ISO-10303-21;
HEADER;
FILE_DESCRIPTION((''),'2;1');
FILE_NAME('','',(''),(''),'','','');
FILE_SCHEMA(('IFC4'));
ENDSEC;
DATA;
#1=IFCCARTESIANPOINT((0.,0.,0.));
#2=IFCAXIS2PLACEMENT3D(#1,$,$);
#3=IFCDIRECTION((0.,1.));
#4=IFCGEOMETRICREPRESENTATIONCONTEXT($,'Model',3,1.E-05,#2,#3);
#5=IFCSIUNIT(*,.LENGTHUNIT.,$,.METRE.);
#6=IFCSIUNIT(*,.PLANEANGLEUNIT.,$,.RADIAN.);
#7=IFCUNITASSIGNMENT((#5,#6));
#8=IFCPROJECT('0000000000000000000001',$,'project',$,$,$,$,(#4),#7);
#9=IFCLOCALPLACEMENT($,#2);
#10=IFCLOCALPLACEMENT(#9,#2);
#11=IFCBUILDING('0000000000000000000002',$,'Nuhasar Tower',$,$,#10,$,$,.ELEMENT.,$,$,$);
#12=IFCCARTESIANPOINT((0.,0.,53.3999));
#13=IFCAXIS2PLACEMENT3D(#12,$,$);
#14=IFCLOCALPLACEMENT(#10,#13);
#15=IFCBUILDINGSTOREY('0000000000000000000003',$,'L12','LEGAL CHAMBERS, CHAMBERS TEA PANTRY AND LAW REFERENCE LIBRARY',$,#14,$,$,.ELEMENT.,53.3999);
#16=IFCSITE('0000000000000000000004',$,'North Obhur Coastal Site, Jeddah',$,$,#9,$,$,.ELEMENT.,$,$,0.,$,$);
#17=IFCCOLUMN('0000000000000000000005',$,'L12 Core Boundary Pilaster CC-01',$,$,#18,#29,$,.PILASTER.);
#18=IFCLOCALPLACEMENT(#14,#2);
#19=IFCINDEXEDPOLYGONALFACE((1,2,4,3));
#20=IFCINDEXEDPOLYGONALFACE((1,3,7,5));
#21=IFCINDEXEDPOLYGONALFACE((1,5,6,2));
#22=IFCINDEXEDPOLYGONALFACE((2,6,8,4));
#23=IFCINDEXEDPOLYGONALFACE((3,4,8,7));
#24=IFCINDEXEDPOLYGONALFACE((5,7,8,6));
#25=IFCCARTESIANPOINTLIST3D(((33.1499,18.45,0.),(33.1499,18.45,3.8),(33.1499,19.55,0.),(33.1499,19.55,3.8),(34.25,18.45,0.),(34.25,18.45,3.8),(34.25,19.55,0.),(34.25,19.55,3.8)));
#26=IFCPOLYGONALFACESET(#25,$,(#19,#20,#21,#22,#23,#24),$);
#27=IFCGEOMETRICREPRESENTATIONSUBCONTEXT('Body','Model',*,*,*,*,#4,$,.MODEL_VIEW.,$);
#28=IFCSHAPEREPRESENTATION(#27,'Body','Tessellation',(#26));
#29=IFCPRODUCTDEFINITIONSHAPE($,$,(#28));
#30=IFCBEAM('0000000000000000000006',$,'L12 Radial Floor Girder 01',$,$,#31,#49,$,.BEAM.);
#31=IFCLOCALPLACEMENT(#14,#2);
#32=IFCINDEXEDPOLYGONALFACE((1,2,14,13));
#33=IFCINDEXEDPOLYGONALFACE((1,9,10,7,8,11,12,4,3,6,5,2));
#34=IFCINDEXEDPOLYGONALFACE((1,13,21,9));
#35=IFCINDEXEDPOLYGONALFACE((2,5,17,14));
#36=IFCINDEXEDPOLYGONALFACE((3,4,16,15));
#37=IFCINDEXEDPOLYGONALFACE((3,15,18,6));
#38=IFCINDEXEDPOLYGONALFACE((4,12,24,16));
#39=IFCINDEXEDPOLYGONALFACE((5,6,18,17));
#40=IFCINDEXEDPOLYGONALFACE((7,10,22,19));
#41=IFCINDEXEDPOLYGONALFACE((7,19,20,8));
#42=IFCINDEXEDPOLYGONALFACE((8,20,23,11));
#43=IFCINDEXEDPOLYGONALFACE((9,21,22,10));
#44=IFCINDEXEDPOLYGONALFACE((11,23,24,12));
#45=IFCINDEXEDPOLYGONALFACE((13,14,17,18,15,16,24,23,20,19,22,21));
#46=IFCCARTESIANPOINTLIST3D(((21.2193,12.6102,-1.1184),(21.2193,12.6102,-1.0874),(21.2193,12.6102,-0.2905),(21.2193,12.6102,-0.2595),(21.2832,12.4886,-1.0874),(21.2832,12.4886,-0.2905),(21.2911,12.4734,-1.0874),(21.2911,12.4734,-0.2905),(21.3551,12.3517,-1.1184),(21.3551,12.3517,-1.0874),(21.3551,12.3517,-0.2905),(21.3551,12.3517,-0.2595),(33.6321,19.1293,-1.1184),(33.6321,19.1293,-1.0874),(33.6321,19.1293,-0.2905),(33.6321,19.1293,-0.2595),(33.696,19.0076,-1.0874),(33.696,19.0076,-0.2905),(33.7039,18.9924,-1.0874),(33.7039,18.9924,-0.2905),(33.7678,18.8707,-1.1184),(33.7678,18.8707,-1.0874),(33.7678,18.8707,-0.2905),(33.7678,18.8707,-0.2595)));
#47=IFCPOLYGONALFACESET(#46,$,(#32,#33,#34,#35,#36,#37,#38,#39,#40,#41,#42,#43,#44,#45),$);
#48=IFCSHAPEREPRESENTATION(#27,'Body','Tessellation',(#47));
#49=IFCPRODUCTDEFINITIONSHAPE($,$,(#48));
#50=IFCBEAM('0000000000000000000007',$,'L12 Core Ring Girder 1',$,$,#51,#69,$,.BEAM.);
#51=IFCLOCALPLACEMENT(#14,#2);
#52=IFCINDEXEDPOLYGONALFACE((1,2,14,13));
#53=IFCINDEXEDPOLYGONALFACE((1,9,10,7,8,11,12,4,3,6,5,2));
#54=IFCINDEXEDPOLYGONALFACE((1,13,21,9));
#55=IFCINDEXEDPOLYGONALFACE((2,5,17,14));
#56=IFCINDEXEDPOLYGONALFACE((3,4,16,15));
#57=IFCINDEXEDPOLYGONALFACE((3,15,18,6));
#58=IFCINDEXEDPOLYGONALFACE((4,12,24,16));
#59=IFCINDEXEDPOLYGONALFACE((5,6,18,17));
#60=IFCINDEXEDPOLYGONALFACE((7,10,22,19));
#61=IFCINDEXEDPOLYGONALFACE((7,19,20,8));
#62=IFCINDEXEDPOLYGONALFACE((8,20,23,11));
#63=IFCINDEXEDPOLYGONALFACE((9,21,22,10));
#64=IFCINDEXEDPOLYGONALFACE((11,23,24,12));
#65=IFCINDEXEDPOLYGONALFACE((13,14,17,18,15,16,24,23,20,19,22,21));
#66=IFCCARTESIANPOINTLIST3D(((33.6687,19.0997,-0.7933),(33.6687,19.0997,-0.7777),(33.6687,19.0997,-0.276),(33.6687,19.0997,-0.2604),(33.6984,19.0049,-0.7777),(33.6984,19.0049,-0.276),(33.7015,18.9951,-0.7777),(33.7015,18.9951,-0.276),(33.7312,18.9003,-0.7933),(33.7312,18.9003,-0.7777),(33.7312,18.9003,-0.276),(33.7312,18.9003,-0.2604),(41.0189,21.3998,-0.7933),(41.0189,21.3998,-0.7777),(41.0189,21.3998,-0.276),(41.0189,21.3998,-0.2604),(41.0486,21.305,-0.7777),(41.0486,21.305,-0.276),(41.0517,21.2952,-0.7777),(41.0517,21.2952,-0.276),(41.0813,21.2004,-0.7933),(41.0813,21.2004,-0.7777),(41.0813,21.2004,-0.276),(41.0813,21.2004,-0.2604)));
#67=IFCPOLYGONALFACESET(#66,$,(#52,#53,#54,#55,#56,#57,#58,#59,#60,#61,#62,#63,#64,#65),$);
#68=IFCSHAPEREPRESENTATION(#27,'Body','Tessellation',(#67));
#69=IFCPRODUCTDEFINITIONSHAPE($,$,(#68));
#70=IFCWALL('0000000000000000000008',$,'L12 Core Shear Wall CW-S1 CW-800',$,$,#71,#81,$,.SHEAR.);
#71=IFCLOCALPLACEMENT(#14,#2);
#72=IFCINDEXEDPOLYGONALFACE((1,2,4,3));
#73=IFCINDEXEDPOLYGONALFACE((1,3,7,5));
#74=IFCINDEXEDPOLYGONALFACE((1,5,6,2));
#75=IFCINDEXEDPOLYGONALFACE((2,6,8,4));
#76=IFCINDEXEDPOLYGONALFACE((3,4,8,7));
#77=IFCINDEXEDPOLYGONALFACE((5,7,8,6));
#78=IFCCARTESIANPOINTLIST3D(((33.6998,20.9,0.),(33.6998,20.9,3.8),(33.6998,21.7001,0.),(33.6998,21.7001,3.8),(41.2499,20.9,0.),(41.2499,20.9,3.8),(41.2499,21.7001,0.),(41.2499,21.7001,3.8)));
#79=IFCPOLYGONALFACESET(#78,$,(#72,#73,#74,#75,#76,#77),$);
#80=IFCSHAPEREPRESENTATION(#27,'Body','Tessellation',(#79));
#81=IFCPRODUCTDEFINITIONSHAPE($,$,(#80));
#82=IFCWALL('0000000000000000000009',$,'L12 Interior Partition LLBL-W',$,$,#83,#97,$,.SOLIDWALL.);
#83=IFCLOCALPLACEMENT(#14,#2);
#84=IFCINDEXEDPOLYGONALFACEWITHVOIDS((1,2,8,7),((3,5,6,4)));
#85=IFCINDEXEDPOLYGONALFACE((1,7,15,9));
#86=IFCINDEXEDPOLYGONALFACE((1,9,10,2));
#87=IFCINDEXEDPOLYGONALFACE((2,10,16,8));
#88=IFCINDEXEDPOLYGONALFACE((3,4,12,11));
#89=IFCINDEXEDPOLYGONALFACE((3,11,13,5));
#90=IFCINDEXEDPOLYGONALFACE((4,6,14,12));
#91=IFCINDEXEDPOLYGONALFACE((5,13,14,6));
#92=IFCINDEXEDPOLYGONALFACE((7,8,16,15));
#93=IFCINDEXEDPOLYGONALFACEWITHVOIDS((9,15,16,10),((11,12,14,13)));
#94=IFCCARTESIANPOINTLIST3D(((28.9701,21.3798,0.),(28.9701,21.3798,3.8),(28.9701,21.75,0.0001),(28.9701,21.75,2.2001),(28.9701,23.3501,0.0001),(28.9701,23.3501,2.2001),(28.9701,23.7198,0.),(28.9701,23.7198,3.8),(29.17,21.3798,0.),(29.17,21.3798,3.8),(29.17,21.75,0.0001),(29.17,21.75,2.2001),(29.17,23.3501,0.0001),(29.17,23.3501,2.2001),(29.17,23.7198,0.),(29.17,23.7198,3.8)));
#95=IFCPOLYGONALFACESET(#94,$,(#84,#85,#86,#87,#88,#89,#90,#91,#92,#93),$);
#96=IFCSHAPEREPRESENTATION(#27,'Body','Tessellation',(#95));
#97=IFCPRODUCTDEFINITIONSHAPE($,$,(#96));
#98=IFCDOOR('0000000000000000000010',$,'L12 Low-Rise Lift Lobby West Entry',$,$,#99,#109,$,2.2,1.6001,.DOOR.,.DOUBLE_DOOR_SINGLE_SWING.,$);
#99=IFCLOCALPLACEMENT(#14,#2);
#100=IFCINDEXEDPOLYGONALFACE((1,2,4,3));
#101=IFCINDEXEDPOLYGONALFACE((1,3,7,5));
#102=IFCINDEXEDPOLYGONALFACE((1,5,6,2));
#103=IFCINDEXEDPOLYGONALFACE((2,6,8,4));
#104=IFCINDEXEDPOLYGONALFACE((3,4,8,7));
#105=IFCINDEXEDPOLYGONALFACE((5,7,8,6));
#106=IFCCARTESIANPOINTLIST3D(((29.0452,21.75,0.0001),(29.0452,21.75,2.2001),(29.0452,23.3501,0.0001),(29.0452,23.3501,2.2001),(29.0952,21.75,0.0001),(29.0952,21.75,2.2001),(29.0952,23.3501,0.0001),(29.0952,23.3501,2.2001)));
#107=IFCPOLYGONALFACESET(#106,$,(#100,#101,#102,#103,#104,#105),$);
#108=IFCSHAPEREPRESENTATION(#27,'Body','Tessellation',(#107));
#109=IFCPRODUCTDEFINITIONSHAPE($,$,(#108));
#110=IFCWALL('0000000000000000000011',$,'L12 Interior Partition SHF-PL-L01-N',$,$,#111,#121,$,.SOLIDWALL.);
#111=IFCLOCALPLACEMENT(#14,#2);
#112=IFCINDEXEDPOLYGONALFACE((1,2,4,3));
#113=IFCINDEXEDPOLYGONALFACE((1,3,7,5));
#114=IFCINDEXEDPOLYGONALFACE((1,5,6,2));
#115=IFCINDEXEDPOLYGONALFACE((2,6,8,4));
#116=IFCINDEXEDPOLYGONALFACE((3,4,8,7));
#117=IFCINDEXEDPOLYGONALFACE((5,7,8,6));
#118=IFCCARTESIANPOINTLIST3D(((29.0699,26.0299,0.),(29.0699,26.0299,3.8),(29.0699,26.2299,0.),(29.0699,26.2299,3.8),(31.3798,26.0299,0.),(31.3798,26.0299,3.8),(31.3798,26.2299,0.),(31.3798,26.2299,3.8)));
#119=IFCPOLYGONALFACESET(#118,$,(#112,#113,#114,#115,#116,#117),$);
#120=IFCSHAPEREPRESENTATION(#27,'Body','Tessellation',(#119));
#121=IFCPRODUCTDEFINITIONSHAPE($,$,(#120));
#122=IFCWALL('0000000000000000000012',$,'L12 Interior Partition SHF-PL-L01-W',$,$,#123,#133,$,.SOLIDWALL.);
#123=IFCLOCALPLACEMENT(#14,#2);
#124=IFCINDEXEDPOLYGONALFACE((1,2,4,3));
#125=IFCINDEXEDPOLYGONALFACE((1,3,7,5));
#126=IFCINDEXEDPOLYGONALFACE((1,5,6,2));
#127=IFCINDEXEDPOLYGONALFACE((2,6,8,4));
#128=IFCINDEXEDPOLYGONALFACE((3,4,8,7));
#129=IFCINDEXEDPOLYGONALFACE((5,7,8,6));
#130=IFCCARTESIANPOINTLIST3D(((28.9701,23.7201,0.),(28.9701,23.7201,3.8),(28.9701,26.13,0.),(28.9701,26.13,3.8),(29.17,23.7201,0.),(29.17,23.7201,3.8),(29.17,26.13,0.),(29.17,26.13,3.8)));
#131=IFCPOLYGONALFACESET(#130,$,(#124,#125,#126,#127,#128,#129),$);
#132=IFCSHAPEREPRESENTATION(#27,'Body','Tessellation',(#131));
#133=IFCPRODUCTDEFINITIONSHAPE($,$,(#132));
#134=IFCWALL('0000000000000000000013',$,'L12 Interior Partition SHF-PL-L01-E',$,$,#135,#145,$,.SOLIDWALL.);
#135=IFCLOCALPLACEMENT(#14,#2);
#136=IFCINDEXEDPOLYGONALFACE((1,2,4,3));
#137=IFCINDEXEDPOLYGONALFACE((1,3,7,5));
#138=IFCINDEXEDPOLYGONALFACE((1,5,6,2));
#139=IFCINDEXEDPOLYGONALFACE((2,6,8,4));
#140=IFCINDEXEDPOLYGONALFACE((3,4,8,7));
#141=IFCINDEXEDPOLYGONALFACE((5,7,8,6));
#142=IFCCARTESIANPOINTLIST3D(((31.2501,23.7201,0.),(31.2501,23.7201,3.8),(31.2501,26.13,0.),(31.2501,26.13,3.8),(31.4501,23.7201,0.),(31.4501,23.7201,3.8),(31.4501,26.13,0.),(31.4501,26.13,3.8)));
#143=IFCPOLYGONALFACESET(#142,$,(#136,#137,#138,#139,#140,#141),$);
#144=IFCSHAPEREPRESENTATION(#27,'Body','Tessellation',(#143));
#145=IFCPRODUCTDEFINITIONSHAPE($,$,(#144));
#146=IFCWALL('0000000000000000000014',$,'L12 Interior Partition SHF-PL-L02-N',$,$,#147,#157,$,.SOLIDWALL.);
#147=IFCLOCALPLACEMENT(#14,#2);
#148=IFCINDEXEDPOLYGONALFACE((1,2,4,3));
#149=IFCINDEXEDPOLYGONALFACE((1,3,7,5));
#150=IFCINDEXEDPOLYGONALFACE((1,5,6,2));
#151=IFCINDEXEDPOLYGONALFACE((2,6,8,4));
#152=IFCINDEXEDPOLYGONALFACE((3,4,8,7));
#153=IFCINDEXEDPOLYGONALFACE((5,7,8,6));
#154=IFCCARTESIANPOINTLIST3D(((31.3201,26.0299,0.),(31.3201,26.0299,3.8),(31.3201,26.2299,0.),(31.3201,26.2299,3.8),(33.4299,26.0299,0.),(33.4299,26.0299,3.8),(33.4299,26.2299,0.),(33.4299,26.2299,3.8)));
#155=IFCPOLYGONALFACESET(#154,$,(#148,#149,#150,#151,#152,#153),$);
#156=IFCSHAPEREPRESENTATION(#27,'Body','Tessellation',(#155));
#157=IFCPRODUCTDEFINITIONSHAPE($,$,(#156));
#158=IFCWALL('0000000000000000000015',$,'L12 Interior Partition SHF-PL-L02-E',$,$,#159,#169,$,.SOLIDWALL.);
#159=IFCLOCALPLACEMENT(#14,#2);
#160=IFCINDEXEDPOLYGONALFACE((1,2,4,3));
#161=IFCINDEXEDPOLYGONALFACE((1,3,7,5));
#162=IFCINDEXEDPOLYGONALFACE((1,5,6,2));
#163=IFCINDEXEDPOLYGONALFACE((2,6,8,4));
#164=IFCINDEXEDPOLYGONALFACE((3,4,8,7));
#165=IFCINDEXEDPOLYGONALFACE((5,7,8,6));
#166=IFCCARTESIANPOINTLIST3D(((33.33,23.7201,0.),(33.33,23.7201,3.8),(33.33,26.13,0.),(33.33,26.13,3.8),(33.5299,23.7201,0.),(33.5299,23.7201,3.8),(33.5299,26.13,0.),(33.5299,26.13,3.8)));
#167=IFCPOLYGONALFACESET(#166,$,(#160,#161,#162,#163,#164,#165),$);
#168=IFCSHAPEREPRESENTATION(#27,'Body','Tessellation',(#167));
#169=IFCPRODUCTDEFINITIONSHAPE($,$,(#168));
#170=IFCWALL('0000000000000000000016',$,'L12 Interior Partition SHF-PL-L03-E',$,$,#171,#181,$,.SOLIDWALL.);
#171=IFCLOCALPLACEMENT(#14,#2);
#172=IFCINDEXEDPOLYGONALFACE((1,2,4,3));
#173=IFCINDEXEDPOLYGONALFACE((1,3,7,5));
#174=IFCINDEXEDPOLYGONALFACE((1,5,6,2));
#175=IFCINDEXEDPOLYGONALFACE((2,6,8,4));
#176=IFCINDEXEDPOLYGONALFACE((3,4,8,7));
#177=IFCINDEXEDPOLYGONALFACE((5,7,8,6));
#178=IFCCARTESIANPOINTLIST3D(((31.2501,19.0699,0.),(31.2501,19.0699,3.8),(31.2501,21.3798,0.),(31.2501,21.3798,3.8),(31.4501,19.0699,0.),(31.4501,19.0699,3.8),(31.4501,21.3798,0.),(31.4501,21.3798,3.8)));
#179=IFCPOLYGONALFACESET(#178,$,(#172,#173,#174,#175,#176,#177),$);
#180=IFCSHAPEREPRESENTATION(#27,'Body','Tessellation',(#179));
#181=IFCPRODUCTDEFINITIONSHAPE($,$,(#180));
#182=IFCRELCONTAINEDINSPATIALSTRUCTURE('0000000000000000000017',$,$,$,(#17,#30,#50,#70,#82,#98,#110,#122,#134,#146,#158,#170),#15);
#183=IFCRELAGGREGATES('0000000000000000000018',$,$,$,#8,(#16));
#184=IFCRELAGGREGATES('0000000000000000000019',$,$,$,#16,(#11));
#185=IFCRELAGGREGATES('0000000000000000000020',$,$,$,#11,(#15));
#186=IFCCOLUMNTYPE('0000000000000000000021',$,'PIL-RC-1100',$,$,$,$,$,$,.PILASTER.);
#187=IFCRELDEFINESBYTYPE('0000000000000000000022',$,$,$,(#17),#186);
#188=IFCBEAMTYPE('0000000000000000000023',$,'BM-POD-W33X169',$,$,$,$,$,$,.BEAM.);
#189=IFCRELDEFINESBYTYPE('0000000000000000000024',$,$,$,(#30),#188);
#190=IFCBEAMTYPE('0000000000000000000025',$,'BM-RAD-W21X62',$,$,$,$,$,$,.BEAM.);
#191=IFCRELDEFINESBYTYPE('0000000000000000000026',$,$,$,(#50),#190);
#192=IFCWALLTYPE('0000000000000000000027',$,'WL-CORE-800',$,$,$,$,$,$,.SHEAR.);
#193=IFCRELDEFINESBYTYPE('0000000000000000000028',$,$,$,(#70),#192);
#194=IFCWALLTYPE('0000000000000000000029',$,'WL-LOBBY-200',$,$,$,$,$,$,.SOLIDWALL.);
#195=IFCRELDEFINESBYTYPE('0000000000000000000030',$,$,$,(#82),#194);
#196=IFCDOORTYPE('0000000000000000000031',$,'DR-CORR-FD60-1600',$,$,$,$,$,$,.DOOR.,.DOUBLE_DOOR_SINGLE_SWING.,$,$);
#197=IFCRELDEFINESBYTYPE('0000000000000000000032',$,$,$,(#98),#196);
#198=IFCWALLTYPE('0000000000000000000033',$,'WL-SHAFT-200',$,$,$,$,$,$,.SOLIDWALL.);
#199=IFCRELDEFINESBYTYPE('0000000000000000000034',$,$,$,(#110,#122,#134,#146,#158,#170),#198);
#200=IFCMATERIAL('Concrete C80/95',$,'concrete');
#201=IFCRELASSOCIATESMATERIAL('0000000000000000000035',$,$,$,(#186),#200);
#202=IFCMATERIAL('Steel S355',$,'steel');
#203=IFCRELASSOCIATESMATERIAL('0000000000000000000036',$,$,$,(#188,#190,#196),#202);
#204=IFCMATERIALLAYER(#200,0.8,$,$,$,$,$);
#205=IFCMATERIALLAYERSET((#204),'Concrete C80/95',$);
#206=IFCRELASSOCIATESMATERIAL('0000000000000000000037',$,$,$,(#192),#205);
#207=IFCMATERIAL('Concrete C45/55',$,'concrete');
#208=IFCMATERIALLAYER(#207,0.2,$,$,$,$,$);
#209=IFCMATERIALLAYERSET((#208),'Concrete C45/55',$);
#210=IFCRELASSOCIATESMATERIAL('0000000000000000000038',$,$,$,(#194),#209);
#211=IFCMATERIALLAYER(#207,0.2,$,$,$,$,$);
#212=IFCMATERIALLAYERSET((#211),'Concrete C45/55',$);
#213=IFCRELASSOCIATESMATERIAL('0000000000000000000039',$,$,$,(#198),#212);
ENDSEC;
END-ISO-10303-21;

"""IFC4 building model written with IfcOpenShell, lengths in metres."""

from ifc_helpers import new_model, si_unit, direction, frame, frame_2d, origin, origin_2d, place, context, subcontext, project, spatial, rectangle, i_section, extrude, material, layer, layer_set, material_profile, profile_set, type_object, element, fill, save


model = new_model("IFC4")

# Units and contexts
model_context = context("Model", 3, precision=1e-05, world=origin(), true_north=direction((0.0, 1.0)))
body_context = subcontext(model_context, "Body", "Model", "MODEL_VIEW")
ifc_project = project(units=[si_unit("LENGTHUNIT", "METRE"), si_unit("PLANEANGLEUNIT", "RADIAN")], contexts=[model_context])

# Site, building, storey
site_placement = place(None, origin())
site = spatial("IfcSite", under=ifc_project, at=site_placement, Name="North Obhur Coastal Site, Jeddah", CompositionType="ELEMENT", RefElevation=0.0)
building_placement = place(site_placement, origin())
building = spatial("IfcBuilding", under=site, at=building_placement, Name="Nuhasar Tower", CompositionType="ELEMENT")
storey_placement = place(building_placement, frame((0.0, 0.0, 53.3999)))
storey = spatial("IfcBuildingStorey", under=building, at=storey_placement, Name="L12", Description="LEGAL CHAMBERS, CHAMBERS TEA PANTRY AND LAW REFERENCE LIBRARY", CompositionType="ELEMENT", Elevation=53.3999)

# Column
ifc_material_1 = material(Name="Concrete C80/95", Category="concrete")
ifc_material_profile_1 = material_profile(ifc_material_1, rectangle(XDim=1.1001, YDim=1.1001, at=origin_2d()), Name="RC1100X1100")
ifc_profile_set_1 = profile_set([ifc_material_profile_1], Name="Concrete C80/95")
column_type = type_object("IfcColumnType", Name="PIL-RC-1100", PredefinedType="PILASTER", material=ifc_profile_set_1)
column_placement = place(storey_placement, frame((33.7, 19.0, 0.0), z_axis=(0.0, 0.0, 1.0), x_axis=(1.0, 0.0, 0.0)))
element("IfcColumn", 1, at=column_placement, inside=storey, type_object=column_type, Name="L12 Core Boundary Pilaster CC-01", PredefinedType="PILASTER", context=body_context, shape_type="SweptSolid", body=[
    extrude(rectangle(XDim=1.1001, YDim=1.1001, at=origin_2d()), origin(), (0.0, 0.0, 1.0), 3.8),
])

# Beams
ifc_material_2 = material(Name="Steel S355", Category="steel")
ifc_material_profile_2 = material_profile(ifc_material_2, i_section(OverallWidth=0.292, OverallDepth=0.8589, WebThickness=0.0171, FlangeThickness=0.031, at=origin_2d()), Name="W33X169")
ifc_profile_set_2 = profile_set([ifc_material_profile_2], Name="Steel S355")
beam_type_1 = type_object("IfcBeamType", Name="BM-POD-W33X169", PredefinedType="BEAM", material=ifc_profile_set_2)
beam_1_placement = place(storey_placement, frame((33.7, 19.0, -0.689), z_axis=(-0.88533, -0.464963, 0.0), x_axis=(0.464963, -0.88533, 0.0)))
element("IfcBeam", 2, at=beam_1_placement, inside=storey, type_object=beam_type_1, Name="L12 Radial Floor Girder 01", PredefinedType="BEAM", context=body_context, shape_type="SweptSolid", body=[
    extrude(i_section(OverallWidth=0.292, OverallDepth=0.8589, WebThickness=0.0171, FlangeThickness=0.031, at=origin_2d()), origin(), (0.0, 0.0, 1.0), 14.0205),
])
ifc_material_profile_3 = material_profile(ifc_material_2, i_section(OverallWidth=0.209, OverallDepth=0.533, WebThickness=0.0103, FlangeThickness=0.0156, at=origin_2d()), Name="W21X62")
ifc_profile_set_3 = profile_set([ifc_material_profile_3], Name="Steel S355")
beam_type_2 = type_object("IfcBeamType", Name="BM-RAD-W21X62", PredefinedType="BEAM", material=ifc_profile_set_3)
beam_2_placement = place(storey_placement, frame((33.7, 19.0, -0.5269), z_axis=(0.954364, 0.298647, 0.0), x_axis=(-0.298647, 0.954364, 0.0)))
element("IfcBeam", 3, at=beam_2_placement, inside=storey, type_object=beam_type_2, Name="L12 Core Ring Girder 1", PredefinedType="BEAM", context=body_context, shape_type="SweptSolid", body=[
    extrude(i_section(OverallWidth=0.209, OverallDepth=0.533, WebThickness=0.0103, FlangeThickness=0.0156, at=origin_2d()), origin(), (0.0, 0.0, 1.0), 7.7017),
])

# Wall
ifc_layer_1 = layer(ifc_material_1, 0.8)
ifc_layer_set_1 = layer_set([ifc_layer_1], Name="Concrete C80/95")
wall_type_1 = type_object("IfcWallType", Name="WL-CORE-800", PredefinedType="SHEAR", material=ifc_layer_set_1)
wall_1_placement = place(storey_placement, frame((33.7, 21.3, 0.0), z_axis=(0.0, 0.0, 1.0), x_axis=(1.0, 0.0, 0.0)))
element("IfcWall", 4, at=wall_1_placement, inside=storey, type_object=wall_type_1, Name="L12 Core Shear Wall CW-S1 CW-800", PredefinedType="SHEAR", context=body_context, shape_type="SweptSolid", body=[
    extrude(rectangle(XDim=7.55, YDim=0.8, at=frame_2d((3.7749, 0.0))), origin(), (0.0, 0.0, 1.0), 3.8),
])

# Wall, opening, door
ifc_material_3 = material(Name="Concrete C45/55", Category="concrete")
ifc_layer_2 = layer(ifc_material_3, 0.2)
ifc_layer_set_2 = layer_set([ifc_layer_2], Name="Concrete C45/55")
wall_type_2 = type_object("IfcWallType", Name="WL-LOBBY-200", PredefinedType="SOLIDWALL", material=ifc_layer_set_2)
wall_2_placement = place(storey_placement, frame((29.0701, 21.3799, 0.0), z_axis=(0.0, 0.0, 1.0), x_axis=(0.0, 1.0, 0.0)))
wall_2 = element("IfcWall", 5, at=wall_2_placement, inside=storey, type_object=wall_type_2, Name="L12 Interior Partition LLBL-W", PredefinedType="SOLIDWALL", context=body_context, shape_type="SweptSolid", body=[
    extrude(rectangle(XDim=2.3401, YDim=0.2, at=frame_2d((1.1699, 0.0))), origin(), (0.0, 0.0, 1.0), 3.8),
])
opening_1_placement = place(wall_2_placement, frame((0.3701, 0.0, 0.0)))
opening_1 = element("IfcOpeningElement", 6, at=opening_1_placement, cuts=wall_2, PredefinedType="OPENING", context=body_context, shape_type="SweptSolid", body=[
    extrude(rectangle(XDim=1.6001, YDim=2.2, at=frame_2d((0.8, 1.1001))), frame((0.0, 0.1099, 0.0), z_axis=(0.0, -1.0, 0.0), x_axis=(1.0, 0.0, 0.0)), (0.0, 0.0, 1.0), 0.22),
])
door_type_1 = type_object("IfcDoorType", Name="DR-CORR-FD60-1600", OperationType="DOUBLE_DOOR_SINGLE_SWING", PredefinedType="DOOR", material=ifc_material_2)
door_1_placement = place(opening_1_placement, origin())
door_1 = element("IfcDoor", 7, at=door_1_placement, inside=storey, type_object=door_type_1, Name="L12 Low-Rise Lift Lobby West Entry", OperationType="DOUBLE_DOOR_SINGLE_SWING", OverallHeight=2.2, OverallWidth=1.6001, PredefinedType="DOOR", context=body_context, shape_type="SweptSolid", body=[
    extrude(rectangle(XDim=1.6001, YDim=2.2, at=frame_2d((0.8, 1.1001))), frame((0.0, 0.0249, 0.0), z_axis=(0.0, -1.0, 0.0), x_axis=(1.0, 0.0, 0.0)), (0.0, 0.0, 1.0), 0.05),
])
fill(opening_1, door_1)
ifc_layer_3 = layer(ifc_material_3, 0.2)
ifc_layer_set_3 = layer_set([ifc_layer_3], Name="Concrete C45/55")
wall_type_3 = type_object("IfcWallType", Name="WL-SHAFT-200", PredefinedType="SOLIDWALL", material=ifc_layer_set_3)

# Walls
wall_3_placement = place(storey_placement, frame((29.0701, 26.1299, 0.0), z_axis=(0.0, 0.0, 1.0), x_axis=(1.0, 0.0, 0.0)))
element("IfcWall", 8, at=wall_3_placement, inside=storey, type_object=wall_type_3, Name="L12 Interior Partition SHF-PL-L01-N", PredefinedType="SOLIDWALL", context=body_context, shape_type="SweptSolid", body=[
    extrude(rectangle(XDim=2.3098, YDim=0.2, at=frame_2d((1.1548, 0.0))), origin(), (0.0, 0.0, 1.0), 3.8),
])
for number, where, z_axis, x_axis, name in (
    (9, (29.0701, 23.72, 0.0), (0.0, 0.0, 1.0), (0.0, 1.0, 0.0), "L12 Interior Partition SHF-PL-L01-W"),
    (10, (31.3501, 23.72, 0.0), (0.0, 0.0, 1.0), (0.0, 1.0, 0.0), "L12 Interior Partition SHF-PL-L01-E"),
):
    element("IfcWall", number, at=place(storey_placement, frame(where, z_axis=z_axis, x_axis=x_axis)), inside=storey, type_object=wall_type_3, Name=name, PredefinedType="SOLIDWALL", context=body_context, shape_type="SweptSolid", body=[
        extrude(rectangle(XDim=2.4099, YDim=0.2, at=frame_2d((1.2051, 0.0))), origin(), (0.0, 0.0, 1.0), 3.8),
    ])

# Walls
wall_4_placement = place(storey_placement, frame((31.3201, 26.1299, 0.0), z_axis=(0.0, 0.0, 1.0), x_axis=(1.0, 0.0, 0.0)))
element("IfcWall", 11, at=wall_4_placement, inside=storey, type_object=wall_type_3, Name="L12 Interior Partition SHF-PL-L02-N", PredefinedType="SOLIDWALL", context=body_context, shape_type="SweptSolid", body=[
    extrude(rectangle(XDim=2.1099, YDim=0.2, at=frame_2d((1.0549, 0.0))), origin(), (0.0, 0.0, 1.0), 3.8),
])
wall_5_placement = place(storey_placement, frame((33.4299, 23.72, 0.0), z_axis=(0.0, 0.0, 1.0), x_axis=(0.0, 1.0, 0.0)))
element("IfcWall", 12, at=wall_5_placement, inside=storey, type_object=wall_type_3, Name="L12 Interior Partition SHF-PL-L02-E", PredefinedType="SOLIDWALL", context=body_context, shape_type="SweptSolid", body=[
    extrude(rectangle(XDim=2.4099, YDim=0.2, at=frame_2d((1.2051, 0.0))), origin(), (0.0, 0.0, 1.0), 3.8),
])
wall_6_placement = place(storey_placement, frame((31.3501, 19.0701, 0.0), z_axis=(0.0, 0.0, 1.0), x_axis=(0.0, 1.0, 0.0)))
element("IfcWall", 13, at=wall_6_placement, inside=storey, type_object=wall_type_3, Name="L12 Interior Partition SHF-PL-L03-E", PredefinedType="SOLIDWALL", context=body_context, shape_type="SweptSolid", body=[
    extrude(rectangle(XDim=2.3098, YDim=0.2, at=frame_2d((1.1548, 0.0))), origin(), (0.0, 0.0, 1.0), 3.8),
])

save(model, "model.ifc")
